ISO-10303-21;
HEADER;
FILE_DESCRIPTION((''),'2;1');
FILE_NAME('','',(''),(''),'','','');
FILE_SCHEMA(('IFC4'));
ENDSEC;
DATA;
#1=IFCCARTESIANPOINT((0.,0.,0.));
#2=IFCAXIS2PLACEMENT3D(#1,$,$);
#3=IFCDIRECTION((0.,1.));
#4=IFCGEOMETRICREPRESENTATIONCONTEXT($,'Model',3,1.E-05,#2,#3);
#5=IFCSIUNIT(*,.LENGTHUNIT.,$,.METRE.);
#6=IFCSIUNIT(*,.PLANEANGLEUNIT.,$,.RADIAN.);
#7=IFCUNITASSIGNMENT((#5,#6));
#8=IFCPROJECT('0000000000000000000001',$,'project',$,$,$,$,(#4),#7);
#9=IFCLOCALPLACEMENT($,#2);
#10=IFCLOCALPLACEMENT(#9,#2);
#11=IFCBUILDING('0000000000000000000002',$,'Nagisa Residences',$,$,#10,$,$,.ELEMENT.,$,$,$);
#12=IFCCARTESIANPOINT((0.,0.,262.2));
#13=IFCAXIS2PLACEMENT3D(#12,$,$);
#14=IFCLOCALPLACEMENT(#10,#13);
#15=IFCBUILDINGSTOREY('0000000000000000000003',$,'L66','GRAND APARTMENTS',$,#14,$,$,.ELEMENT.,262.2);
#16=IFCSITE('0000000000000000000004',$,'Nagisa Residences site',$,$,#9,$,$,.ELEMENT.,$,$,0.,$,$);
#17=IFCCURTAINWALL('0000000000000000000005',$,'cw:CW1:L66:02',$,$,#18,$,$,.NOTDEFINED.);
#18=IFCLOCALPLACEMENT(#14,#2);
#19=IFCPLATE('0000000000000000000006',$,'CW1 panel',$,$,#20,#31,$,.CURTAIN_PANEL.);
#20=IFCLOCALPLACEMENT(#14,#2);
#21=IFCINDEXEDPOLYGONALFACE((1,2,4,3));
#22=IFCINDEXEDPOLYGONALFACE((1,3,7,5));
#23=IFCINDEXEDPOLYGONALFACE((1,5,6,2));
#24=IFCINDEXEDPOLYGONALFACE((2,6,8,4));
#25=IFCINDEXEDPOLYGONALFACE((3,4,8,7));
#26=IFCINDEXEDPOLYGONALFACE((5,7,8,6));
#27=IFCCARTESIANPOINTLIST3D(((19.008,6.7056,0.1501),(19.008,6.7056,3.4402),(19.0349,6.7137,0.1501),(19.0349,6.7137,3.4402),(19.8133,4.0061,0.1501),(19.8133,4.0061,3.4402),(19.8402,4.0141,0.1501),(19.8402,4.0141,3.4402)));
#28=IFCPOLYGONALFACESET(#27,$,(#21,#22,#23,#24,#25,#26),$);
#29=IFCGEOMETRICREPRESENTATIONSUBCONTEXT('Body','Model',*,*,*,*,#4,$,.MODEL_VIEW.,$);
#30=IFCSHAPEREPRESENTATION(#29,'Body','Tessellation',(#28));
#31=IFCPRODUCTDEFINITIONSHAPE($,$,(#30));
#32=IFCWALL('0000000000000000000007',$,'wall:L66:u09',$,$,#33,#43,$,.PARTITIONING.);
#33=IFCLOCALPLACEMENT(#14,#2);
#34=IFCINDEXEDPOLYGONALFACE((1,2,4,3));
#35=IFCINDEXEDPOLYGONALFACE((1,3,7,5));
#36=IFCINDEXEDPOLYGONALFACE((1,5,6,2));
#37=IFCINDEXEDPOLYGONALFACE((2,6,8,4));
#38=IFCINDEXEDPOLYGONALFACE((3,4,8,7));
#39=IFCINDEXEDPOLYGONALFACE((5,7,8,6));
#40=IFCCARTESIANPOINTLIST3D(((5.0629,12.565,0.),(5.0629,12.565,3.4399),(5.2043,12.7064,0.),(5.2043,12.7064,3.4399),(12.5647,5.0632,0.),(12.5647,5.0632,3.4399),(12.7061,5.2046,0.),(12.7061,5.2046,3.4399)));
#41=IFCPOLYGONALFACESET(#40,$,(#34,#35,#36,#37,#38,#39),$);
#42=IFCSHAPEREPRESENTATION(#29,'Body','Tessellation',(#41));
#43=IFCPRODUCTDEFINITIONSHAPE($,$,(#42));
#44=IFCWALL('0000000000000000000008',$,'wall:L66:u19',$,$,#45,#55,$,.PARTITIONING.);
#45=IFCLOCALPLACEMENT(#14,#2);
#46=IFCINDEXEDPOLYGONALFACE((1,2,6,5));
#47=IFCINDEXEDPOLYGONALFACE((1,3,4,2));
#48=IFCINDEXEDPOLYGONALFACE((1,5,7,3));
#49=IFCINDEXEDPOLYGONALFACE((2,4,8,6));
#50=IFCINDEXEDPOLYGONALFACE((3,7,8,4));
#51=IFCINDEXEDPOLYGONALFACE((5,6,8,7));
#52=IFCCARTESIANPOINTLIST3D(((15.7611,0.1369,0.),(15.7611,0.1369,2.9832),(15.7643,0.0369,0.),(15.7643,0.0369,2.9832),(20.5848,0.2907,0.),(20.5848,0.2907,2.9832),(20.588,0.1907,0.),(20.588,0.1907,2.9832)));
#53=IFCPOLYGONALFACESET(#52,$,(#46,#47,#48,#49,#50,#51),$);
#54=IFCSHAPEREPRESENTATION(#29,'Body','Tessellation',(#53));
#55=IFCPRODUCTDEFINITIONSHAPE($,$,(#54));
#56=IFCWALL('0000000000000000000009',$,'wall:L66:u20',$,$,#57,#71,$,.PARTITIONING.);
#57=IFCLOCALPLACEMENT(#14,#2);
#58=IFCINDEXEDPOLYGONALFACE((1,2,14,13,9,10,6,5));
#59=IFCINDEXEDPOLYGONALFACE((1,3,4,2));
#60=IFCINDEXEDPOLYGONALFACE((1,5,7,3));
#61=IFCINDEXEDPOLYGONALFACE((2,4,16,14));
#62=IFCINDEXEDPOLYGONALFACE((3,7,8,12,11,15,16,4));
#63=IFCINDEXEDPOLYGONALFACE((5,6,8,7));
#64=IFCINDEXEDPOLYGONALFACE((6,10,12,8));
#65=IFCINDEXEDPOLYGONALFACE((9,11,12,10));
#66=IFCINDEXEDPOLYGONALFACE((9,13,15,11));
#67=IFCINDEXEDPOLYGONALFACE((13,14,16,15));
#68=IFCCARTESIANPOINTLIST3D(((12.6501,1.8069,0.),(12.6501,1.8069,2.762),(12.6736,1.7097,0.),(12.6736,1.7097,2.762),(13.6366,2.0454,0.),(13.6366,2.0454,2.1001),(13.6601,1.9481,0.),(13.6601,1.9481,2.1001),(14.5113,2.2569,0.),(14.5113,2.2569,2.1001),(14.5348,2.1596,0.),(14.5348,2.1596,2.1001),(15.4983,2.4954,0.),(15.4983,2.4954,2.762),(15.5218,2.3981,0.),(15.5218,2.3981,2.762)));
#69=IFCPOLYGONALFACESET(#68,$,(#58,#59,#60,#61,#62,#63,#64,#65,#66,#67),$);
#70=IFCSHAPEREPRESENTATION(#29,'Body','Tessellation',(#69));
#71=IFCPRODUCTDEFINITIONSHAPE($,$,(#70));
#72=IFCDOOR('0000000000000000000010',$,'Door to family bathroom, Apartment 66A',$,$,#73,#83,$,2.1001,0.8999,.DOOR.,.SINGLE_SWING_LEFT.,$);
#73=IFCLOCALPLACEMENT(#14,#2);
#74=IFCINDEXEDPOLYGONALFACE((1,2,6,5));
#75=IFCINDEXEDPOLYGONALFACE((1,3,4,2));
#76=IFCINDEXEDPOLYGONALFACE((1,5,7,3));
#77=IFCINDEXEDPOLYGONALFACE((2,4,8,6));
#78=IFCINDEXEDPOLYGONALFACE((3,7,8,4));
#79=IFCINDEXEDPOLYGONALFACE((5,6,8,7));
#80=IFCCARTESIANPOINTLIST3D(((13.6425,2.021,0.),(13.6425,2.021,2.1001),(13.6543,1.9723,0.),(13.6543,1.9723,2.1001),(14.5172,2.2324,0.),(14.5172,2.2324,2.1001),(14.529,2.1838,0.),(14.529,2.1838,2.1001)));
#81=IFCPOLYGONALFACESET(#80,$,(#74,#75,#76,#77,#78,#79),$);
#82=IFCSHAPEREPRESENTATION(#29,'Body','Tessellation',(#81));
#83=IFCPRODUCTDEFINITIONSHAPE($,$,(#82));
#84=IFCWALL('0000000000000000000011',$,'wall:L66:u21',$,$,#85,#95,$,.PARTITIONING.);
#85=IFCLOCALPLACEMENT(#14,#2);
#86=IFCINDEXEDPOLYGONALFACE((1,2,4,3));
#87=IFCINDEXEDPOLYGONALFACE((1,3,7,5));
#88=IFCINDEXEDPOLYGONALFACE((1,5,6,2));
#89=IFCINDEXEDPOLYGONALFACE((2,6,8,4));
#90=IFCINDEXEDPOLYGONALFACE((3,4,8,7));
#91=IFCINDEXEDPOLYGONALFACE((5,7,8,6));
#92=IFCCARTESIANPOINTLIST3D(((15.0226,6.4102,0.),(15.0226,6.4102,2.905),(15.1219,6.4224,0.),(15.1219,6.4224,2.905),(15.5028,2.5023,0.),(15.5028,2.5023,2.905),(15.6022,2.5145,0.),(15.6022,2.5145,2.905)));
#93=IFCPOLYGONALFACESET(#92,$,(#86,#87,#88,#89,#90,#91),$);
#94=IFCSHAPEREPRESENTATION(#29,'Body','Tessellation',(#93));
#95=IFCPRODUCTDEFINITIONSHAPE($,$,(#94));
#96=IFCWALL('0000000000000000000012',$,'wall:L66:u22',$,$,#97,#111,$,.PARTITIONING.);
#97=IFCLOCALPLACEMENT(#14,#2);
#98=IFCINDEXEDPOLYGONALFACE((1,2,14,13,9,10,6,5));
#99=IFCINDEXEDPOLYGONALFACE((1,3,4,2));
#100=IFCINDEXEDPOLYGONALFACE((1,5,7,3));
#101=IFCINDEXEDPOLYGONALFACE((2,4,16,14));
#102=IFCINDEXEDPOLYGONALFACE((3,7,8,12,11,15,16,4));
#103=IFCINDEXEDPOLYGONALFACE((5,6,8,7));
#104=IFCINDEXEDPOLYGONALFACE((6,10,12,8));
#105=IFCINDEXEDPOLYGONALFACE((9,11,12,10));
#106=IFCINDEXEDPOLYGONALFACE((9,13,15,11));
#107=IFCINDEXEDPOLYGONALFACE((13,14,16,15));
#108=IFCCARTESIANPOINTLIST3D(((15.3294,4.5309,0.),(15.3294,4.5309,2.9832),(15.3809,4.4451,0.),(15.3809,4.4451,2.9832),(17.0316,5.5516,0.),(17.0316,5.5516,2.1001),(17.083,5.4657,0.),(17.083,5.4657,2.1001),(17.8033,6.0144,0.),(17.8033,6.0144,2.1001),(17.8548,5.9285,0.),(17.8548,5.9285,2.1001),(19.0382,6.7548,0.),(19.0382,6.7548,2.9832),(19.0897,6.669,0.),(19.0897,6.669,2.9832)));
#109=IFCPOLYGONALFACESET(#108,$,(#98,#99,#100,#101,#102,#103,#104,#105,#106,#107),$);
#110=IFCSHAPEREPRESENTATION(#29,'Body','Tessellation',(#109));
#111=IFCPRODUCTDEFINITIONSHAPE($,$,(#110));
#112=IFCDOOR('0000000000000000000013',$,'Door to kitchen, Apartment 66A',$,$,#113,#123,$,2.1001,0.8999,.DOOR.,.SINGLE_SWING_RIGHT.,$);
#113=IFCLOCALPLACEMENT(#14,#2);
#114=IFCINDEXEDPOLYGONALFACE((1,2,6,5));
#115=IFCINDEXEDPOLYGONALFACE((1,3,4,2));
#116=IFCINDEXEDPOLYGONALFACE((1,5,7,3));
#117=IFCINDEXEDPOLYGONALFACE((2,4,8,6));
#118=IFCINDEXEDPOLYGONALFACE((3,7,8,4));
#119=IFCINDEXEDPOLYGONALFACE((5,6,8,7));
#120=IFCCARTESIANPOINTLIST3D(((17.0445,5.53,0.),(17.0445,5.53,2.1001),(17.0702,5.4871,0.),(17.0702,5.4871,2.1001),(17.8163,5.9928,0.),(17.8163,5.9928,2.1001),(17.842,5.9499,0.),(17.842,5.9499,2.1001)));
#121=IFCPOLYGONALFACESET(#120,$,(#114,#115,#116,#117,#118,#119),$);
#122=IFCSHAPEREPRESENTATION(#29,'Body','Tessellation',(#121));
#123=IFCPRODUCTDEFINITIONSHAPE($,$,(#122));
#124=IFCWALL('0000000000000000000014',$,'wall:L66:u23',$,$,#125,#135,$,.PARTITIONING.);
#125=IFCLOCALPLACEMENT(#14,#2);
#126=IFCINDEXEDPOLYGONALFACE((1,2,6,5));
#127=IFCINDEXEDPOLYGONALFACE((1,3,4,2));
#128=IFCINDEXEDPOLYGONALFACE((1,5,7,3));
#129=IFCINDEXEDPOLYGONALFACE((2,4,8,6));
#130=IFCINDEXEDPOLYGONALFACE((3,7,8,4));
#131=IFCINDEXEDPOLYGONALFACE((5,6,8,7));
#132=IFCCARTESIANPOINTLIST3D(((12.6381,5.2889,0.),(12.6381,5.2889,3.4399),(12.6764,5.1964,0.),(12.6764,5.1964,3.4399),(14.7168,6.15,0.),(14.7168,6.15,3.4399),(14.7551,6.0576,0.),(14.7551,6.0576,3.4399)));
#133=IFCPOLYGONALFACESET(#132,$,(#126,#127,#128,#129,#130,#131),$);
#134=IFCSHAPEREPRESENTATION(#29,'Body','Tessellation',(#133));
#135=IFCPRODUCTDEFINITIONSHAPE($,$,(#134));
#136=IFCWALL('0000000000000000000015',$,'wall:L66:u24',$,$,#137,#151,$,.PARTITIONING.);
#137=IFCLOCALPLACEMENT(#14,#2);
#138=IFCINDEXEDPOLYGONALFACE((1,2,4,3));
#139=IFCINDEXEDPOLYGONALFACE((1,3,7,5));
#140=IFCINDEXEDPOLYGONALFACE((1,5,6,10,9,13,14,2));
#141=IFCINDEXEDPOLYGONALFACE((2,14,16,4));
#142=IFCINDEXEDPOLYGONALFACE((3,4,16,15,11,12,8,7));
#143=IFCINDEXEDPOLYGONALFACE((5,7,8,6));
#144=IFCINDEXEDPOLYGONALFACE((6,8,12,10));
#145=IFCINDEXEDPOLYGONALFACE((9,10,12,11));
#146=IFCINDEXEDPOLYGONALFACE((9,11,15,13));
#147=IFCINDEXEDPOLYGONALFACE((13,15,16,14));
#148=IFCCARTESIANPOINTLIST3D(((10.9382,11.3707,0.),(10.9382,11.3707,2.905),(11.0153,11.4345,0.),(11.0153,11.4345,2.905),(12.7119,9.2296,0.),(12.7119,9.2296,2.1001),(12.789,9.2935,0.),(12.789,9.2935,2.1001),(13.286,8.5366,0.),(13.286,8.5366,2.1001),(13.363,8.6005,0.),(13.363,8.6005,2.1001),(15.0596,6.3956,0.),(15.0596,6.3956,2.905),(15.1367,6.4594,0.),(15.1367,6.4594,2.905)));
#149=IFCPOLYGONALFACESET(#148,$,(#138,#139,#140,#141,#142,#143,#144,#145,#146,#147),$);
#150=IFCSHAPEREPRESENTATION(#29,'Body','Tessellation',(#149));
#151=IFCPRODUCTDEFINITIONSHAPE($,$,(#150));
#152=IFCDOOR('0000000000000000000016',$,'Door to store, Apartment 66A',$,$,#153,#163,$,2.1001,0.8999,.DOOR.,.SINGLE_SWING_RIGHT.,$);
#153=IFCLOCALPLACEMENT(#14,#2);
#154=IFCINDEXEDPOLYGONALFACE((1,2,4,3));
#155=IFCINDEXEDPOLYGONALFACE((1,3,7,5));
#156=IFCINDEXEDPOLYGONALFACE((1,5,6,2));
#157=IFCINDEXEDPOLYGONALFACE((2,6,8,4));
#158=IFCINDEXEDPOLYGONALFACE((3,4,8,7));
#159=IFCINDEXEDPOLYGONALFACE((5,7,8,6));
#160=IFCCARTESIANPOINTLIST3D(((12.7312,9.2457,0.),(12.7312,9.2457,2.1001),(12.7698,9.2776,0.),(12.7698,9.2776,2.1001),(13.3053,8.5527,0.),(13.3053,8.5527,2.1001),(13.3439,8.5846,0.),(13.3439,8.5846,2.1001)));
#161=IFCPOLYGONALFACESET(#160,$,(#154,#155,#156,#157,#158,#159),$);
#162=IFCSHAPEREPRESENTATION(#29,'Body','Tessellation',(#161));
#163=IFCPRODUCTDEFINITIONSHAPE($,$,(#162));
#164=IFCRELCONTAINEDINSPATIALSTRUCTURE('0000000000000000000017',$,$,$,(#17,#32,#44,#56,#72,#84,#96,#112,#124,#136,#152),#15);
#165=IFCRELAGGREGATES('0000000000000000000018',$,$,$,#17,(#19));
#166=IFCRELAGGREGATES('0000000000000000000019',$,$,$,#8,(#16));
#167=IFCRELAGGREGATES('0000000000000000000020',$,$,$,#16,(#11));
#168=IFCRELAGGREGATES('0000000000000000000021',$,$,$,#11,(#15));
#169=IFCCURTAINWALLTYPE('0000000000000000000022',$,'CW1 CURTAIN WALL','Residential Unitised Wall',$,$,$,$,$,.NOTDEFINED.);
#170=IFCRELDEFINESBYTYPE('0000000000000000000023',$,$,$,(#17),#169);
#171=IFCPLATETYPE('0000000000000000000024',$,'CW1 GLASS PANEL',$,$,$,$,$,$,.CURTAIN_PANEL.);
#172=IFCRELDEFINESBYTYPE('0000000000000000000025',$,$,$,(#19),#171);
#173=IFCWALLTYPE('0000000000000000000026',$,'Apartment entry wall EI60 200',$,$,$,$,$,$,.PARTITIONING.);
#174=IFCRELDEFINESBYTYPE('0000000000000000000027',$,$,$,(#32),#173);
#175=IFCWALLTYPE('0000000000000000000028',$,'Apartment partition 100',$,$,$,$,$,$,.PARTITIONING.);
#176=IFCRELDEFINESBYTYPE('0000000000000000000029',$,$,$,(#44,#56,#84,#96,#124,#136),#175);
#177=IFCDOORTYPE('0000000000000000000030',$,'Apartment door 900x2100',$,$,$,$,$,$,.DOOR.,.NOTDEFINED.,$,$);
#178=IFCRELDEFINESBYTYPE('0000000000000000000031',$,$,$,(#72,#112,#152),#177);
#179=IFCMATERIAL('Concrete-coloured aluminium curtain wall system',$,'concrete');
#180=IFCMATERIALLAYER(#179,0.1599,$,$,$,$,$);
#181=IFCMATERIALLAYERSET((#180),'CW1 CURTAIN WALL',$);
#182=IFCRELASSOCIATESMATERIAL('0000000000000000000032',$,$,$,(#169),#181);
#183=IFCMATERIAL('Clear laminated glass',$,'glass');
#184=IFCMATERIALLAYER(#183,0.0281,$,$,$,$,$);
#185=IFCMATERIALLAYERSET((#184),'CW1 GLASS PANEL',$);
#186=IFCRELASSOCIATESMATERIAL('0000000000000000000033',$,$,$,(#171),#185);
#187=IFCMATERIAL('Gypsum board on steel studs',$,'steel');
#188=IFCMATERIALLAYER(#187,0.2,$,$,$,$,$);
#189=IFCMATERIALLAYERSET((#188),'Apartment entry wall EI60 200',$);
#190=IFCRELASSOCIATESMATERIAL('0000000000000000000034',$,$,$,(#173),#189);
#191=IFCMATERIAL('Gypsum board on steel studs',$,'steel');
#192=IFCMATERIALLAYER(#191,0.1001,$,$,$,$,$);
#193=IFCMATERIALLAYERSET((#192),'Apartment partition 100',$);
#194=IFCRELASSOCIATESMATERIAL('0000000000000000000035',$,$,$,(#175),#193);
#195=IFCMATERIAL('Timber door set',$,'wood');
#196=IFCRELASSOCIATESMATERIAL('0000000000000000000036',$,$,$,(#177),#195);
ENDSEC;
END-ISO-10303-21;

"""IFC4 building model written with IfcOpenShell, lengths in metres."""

from ifc_helpers import new_model, si_unit, direction, frame, frame_2d, origin, origin_2d, place, context, subcontext, project, spatial, rectangle, extrude, material, layer, layer_set, type_object, element, fill, aggregate, save


model = new_model("IFC4")

# Units and contexts
model_context = context("Model", 3, precision=1e-05, world=origin(), true_north=direction((0.0, 1.0)))
body_context = subcontext(model_context, "Body", "Model", "MODEL_VIEW")
ifc_project = project(units=[si_unit("LENGTHUNIT", "METRE"), si_unit("PLANEANGLEUNIT", "RADIAN")], contexts=[model_context])

# Site, building, storey
site_placement = place(None, origin())
site = spatial("IfcSite", under=ifc_project, at=site_placement, Name="Nagisa Residences site", CompositionType="ELEMENT", RefElevation=0.0)
building_placement = place(site_placement, origin())
building = spatial("IfcBuilding", under=site, at=building_placement, Name="Nagisa Residences", CompositionType="ELEMENT")
storey_placement = place(building_placement, frame((0.0, 0.0, 262.2)))
storey = spatial("IfcBuildingStorey", under=building, at=storey_placement, Name="L66", Description="GRAND APARTMENTS", CompositionType="ELEMENT", Elevation=262.2)

# Curtain wall
ifc_material_1 = material(Name="Concrete-coloured aluminium curtain wall system", Category="concrete")
ifc_layer_1 = layer(ifc_material_1, 0.1599)
ifc_layer_set_1 = layer_set([ifc_layer_1], Name="CW1 CURTAIN WALL")
curtain_wall_type = type_object("IfcCurtainWallType", Name="CW1 CURTAIN WALL", Description="Residential Unitised Wall", PredefinedType="NOTDEFINED", material=ifc_layer_set_1)
curtain_wall_1_placement = place(storey_placement, origin())
curtain_wall_1 = element("IfcCurtainWall", 1, at=curtain_wall_1_placement, inside=storey, type_object=curtain_wall_type, Name="cw:CW1:L66:02", PredefinedType="NOTDEFINED")

# Plate
ifc_material_2 = material(Name="Clear laminated glass", Category="glass")
ifc_layer_2 = layer(ifc_material_2, 0.0281)
ifc_layer_set_2 = layer_set([ifc_layer_2], Name="CW1 GLASS PANEL")
plate_type = type_object("IfcPlateType", Name="CW1 GLASS PANEL", PredefinedType="CURTAIN_PANEL", material=ifc_layer_set_2)
plate_1_placement = place(storey_placement, frame((19.4241, 5.3599, 0.1501), z_axis=(0.0, 0.0, 1.0), x_axis=(-0.28586, 0.958271, 0.0)))
plate_1 = element("IfcPlate", 2, at=plate_1_placement, type_object=plate_type, Name="CW1 panel", PredefinedType="CURTAIN_PANEL", context=body_context, shape_type="SweptSolid", body=[
    extrude(rectangle(XDim=2.8171, YDim=0.0281, at=origin_2d()), origin(), (0.0, 0.0, 1.0), 3.29),
])
aggregate(curtain_wall_1, [plate_1])

# Walls
ifc_material_3 = material(Name="Gypsum board on steel studs", Category="steel")
ifc_layer_3 = layer(ifc_material_3, 0.2)
ifc_layer_set_3 = layer_set([ifc_layer_3], Name="Apartment entry wall EI60 200")
wall_type_1 = type_object("IfcWallType", Name="Apartment entry wall EI60 200", PredefinedType="PARTITIONING", material=ifc_layer_set_3)
wall_1_placement = place(storey_placement, frame((12.6355, 5.1338, 0.0), z_axis=(0.0, 0.0, 1.0), x_axis=(-0.707107, 0.707107, 0.0)))
element("IfcWall", 3, at=wall_1_placement, inside=storey, type_object=wall_type_1, Name="wall:L66:u09", PredefinedType="PARTITIONING", context=body_context, shape_type="SweptSolid", body=[
    extrude(rectangle(XDim=10.6091, YDim=0.2, at=frame_2d((5.3047, 0.0))), origin(), (0.0, 0.0, 1.0), 3.4399),
])
ifc_material_4 = material(Name="Gypsum board on steel studs", Category="steel")
ifc_layer_4 = layer(ifc_material_4, 0.1001)
ifc_layer_set_4 = layer_set([ifc_layer_4], Name="Apartment partition 100")
wall_type_2 = type_object("IfcWallType", Name="Apartment partition 100", PredefinedType="PARTITIONING", material=ifc_layer_set_4)
wall_2_placement = place(storey_placement, frame((15.7627, 0.0869, 0.0), z_axis=(0.0, 0.0, 1.0), x_axis=(0.999492, 0.03187, 0.0)))
element("IfcWall", 4, at=wall_2_placement, inside=storey, type_object=wall_type_2, Name="wall:L66:u19", PredefinedType="PARTITIONING", context=body_context, shape_type="SweptSolid", body=[
    extrude(rectangle(XDim=4.8262, YDim=0.1001, at=frame_2d((2.4131, 0.0))), origin(), (0.0, 0.0, 1.0), 2.9832),
])

# Wall, opening, door
wall_3_placement = place(storey_placement, frame((12.6619, 1.7583, 0.0), z_axis=(0.0, 0.0, 1.0), x_axis=(0.972005, 0.234961, 0.0)))
wall_3 = element("IfcWall", 5, at=wall_3_placement, inside=storey, type_object=wall_type_2, Name="wall:L66:u20", PredefinedType="PARTITIONING", context=body_context, shape_type="SweptSolid", body=[
    extrude(rectangle(XDim=2.9302, YDim=0.1001, at=frame_2d((1.4651, 0.0))), origin(), (0.0, 0.0, 1.0), 2.762),
])
opening_1_placement = place(wall_3_placement, frame((1.0149, 0.0, 0.0)))
opening_1 = element("IfcOpeningElement", 6, at=opening_1_placement, cuts=wall_3, PredefinedType="OPENING", context=body_context, shape_type="SweptSolid", body=[
    extrude(rectangle(XDim=0.8999, YDim=2.1001, at=frame_2d((0.45, 1.05))), frame((0.0, 0.0601, 0.0), z_axis=(0.0, -1.0, 0.0), x_axis=(1.0, 0.0, 0.0)), (0.0, 0.0, 1.0), 0.1201),
])
ifc_material_5 = material(Name="Timber door set", Category="wood")
door_type_1 = type_object("IfcDoorType", Name="Apartment door 900x2100", OperationType="NOTDEFINED", PredefinedType="DOOR", material=ifc_material_5)
door_1_placement = place(opening_1_placement, origin())
door_1 = element("IfcDoor", 7, at=door_1_placement, inside=storey, type_object=door_type_1, Name="Door to family bathroom, Apartment 66A", OperationType="SINGLE_SWING_LEFT", OverallHeight=2.1001, OverallWidth=0.8999, PredefinedType="DOOR", context=body_context, shape_type="SweptSolid", body=[
    extrude(rectangle(XDim=0.8999, YDim=2.1001, at=frame_2d((0.45, 1.05))), frame((0.0, 0.0249, 0.0), z_axis=(0.0, -1.0, 0.0), x_axis=(1.0, 0.0, 0.0)), (0.0, 0.0, 1.0), 0.05),
])
fill(opening_1, door_1)

# Wall
wall_4_placement = place(storey_placement, frame((15.5525, 2.5083, 0.0), z_axis=(0.0, 0.0, 1.0), x_axis=(-0.121966, 0.992534, 0.0)))
element("IfcWall", 8, at=wall_4_placement, inside=storey, type_object=wall_type_2, Name="wall:L66:u21", PredefinedType="PARTITIONING", context=body_context, shape_type="SweptSolid", body=[
    extrude(rectangle(XDim=3.9373, YDim=0.1001, at=frame_2d((1.9688, 0.0))), origin(), (0.0, 0.0, 1.0), 2.905),
])

# Wall, opening, door
wall_5_placement = place(storey_placement, frame((15.3552, 4.488, 0.0), z_axis=(0.0, 0.0, 1.0), x_axis=(0.857632, 0.514263, 0.0)))
wall_5 = element("IfcWall", 9, at=wall_5_placement, inside=storey, type_object=wall_type_2, Name="wall:L66:u22", PredefinedType="PARTITIONING", context=body_context, shape_type="SweptSolid", body=[
    extrude(rectangle(XDim=4.3245, YDim=0.1001, at=frame_2d((2.1621, 0.0))), origin(), (0.0, 0.0, 1.0), 2.9832),
])
opening_2_placement = place(wall_5_placement, frame((1.9846, 0.0, 0.0)))
opening_2 = element("IfcOpeningElement", 10, at=opening_2_placement, cuts=wall_5, PredefinedType="OPENING", context=body_context, shape_type="SweptSolid", body=[
    extrude(rectangle(XDim=0.8999, YDim=2.1001, at=frame_2d((0.45, 1.05))), frame((0.0, 0.0601, 0.0), z_axis=(0.0, -1.0, 0.0), x_axis=(1.0, 0.0, 0.0)), (0.0, 0.0, 1.0), 0.1201),
])
door_2_placement = place(opening_2_placement, origin())
door_2 = element("IfcDoor", 11, at=door_2_placement, inside=storey, type_object=door_type_1, Name="Door to kitchen, Apartment 66A", OperationType="SINGLE_SWING_RIGHT", OverallHeight=2.1001, OverallWidth=0.8999, PredefinedType="DOOR", context=body_context, shape_type="SweptSolid", body=[
    extrude(rectangle(XDim=0.8999, YDim=2.1001, at=frame_2d((0.45, 1.05))), frame((0.0, 0.0249, 0.0), z_axis=(0.0, -1.0, 0.0), x_axis=(1.0, 0.0, 0.0)), (0.0, 0.0, 1.0), 0.05),
])
fill(opening_2, door_2)

# Wall
wall_6_placement = place(storey_placement, frame((12.6572, 5.2427, 0.0), z_axis=(0.0, 0.0, 1.0), x_axis=(0.923865, 0.382719, 0.0)))
element("IfcWall", 12, at=wall_6_placement, inside=storey, type_object=wall_type_2, Name="wall:L66:u23", PredefinedType="PARTITIONING", context=body_context, shape_type="SweptSolid", body=[
    extrude(rectangle(XDim=2.25, YDim=0.1001, at=frame_2d((1.125, 0.0))), origin(), (0.0, 0.0, 1.0), 3.4399),
])

# Wall, opening, door
wall_7_placement = place(storey_placement, frame((15.0981, 6.4275, 0.0), z_axis=(0.0, 0.0, 1.0), x_axis=(-0.637937, 0.770089, 0.0)))
wall_7 = element("IfcWall", 13, at=wall_7_placement, inside=storey, type_object=wall_type_2, Name="wall:L66:u24", PredefinedType="PARTITIONING", context=body_context, shape_type="SweptSolid", body=[
    extrude(rectangle(XDim=6.4604, YDim=0.1001, at=frame_2d((3.2302, 0.0))), origin(), (0.0, 0.0, 1.0), 2.905),
])
opening_3_placement = place(wall_7_placement, frame((2.7803, 0.0, 0.0)))
opening_3 = element("IfcOpeningElement", 14, at=opening_3_placement, cuts=wall_7, PredefinedType="OPENING", context=body_context, shape_type="SweptSolid", body=[
    extrude(rectangle(XDim=0.8999, YDim=2.1001, at=frame_2d((0.45, 1.05))), frame((0.0, 0.0601, 0.0), z_axis=(0.0, -1.0, 0.0), x_axis=(1.0, 0.0, 0.0)), (0.0, 0.0, 1.0), 0.1201),
])
door_3_placement = place(opening_3_placement, origin())
door_3 = element("IfcDoor", 15, at=door_3_placement, inside=storey, type_object=door_type_1, Name="Door to store, Apartment 66A", OperationType="SINGLE_SWING_RIGHT", OverallHeight=2.1001, OverallWidth=0.8999, PredefinedType="DOOR", context=body_context, shape_type="SweptSolid", body=[
    extrude(rectangle(XDim=0.8999, YDim=2.1001, at=frame_2d((0.45, 1.05))), frame((0.0, 0.0249, 0.0), z_axis=(0.0, -1.0, 0.0), x_axis=(1.0, 0.0, 0.0)), (0.0, 0.0, 1.0), 0.05),
])
fill(opening_3, door_3)

save(model, "model.ifc")
